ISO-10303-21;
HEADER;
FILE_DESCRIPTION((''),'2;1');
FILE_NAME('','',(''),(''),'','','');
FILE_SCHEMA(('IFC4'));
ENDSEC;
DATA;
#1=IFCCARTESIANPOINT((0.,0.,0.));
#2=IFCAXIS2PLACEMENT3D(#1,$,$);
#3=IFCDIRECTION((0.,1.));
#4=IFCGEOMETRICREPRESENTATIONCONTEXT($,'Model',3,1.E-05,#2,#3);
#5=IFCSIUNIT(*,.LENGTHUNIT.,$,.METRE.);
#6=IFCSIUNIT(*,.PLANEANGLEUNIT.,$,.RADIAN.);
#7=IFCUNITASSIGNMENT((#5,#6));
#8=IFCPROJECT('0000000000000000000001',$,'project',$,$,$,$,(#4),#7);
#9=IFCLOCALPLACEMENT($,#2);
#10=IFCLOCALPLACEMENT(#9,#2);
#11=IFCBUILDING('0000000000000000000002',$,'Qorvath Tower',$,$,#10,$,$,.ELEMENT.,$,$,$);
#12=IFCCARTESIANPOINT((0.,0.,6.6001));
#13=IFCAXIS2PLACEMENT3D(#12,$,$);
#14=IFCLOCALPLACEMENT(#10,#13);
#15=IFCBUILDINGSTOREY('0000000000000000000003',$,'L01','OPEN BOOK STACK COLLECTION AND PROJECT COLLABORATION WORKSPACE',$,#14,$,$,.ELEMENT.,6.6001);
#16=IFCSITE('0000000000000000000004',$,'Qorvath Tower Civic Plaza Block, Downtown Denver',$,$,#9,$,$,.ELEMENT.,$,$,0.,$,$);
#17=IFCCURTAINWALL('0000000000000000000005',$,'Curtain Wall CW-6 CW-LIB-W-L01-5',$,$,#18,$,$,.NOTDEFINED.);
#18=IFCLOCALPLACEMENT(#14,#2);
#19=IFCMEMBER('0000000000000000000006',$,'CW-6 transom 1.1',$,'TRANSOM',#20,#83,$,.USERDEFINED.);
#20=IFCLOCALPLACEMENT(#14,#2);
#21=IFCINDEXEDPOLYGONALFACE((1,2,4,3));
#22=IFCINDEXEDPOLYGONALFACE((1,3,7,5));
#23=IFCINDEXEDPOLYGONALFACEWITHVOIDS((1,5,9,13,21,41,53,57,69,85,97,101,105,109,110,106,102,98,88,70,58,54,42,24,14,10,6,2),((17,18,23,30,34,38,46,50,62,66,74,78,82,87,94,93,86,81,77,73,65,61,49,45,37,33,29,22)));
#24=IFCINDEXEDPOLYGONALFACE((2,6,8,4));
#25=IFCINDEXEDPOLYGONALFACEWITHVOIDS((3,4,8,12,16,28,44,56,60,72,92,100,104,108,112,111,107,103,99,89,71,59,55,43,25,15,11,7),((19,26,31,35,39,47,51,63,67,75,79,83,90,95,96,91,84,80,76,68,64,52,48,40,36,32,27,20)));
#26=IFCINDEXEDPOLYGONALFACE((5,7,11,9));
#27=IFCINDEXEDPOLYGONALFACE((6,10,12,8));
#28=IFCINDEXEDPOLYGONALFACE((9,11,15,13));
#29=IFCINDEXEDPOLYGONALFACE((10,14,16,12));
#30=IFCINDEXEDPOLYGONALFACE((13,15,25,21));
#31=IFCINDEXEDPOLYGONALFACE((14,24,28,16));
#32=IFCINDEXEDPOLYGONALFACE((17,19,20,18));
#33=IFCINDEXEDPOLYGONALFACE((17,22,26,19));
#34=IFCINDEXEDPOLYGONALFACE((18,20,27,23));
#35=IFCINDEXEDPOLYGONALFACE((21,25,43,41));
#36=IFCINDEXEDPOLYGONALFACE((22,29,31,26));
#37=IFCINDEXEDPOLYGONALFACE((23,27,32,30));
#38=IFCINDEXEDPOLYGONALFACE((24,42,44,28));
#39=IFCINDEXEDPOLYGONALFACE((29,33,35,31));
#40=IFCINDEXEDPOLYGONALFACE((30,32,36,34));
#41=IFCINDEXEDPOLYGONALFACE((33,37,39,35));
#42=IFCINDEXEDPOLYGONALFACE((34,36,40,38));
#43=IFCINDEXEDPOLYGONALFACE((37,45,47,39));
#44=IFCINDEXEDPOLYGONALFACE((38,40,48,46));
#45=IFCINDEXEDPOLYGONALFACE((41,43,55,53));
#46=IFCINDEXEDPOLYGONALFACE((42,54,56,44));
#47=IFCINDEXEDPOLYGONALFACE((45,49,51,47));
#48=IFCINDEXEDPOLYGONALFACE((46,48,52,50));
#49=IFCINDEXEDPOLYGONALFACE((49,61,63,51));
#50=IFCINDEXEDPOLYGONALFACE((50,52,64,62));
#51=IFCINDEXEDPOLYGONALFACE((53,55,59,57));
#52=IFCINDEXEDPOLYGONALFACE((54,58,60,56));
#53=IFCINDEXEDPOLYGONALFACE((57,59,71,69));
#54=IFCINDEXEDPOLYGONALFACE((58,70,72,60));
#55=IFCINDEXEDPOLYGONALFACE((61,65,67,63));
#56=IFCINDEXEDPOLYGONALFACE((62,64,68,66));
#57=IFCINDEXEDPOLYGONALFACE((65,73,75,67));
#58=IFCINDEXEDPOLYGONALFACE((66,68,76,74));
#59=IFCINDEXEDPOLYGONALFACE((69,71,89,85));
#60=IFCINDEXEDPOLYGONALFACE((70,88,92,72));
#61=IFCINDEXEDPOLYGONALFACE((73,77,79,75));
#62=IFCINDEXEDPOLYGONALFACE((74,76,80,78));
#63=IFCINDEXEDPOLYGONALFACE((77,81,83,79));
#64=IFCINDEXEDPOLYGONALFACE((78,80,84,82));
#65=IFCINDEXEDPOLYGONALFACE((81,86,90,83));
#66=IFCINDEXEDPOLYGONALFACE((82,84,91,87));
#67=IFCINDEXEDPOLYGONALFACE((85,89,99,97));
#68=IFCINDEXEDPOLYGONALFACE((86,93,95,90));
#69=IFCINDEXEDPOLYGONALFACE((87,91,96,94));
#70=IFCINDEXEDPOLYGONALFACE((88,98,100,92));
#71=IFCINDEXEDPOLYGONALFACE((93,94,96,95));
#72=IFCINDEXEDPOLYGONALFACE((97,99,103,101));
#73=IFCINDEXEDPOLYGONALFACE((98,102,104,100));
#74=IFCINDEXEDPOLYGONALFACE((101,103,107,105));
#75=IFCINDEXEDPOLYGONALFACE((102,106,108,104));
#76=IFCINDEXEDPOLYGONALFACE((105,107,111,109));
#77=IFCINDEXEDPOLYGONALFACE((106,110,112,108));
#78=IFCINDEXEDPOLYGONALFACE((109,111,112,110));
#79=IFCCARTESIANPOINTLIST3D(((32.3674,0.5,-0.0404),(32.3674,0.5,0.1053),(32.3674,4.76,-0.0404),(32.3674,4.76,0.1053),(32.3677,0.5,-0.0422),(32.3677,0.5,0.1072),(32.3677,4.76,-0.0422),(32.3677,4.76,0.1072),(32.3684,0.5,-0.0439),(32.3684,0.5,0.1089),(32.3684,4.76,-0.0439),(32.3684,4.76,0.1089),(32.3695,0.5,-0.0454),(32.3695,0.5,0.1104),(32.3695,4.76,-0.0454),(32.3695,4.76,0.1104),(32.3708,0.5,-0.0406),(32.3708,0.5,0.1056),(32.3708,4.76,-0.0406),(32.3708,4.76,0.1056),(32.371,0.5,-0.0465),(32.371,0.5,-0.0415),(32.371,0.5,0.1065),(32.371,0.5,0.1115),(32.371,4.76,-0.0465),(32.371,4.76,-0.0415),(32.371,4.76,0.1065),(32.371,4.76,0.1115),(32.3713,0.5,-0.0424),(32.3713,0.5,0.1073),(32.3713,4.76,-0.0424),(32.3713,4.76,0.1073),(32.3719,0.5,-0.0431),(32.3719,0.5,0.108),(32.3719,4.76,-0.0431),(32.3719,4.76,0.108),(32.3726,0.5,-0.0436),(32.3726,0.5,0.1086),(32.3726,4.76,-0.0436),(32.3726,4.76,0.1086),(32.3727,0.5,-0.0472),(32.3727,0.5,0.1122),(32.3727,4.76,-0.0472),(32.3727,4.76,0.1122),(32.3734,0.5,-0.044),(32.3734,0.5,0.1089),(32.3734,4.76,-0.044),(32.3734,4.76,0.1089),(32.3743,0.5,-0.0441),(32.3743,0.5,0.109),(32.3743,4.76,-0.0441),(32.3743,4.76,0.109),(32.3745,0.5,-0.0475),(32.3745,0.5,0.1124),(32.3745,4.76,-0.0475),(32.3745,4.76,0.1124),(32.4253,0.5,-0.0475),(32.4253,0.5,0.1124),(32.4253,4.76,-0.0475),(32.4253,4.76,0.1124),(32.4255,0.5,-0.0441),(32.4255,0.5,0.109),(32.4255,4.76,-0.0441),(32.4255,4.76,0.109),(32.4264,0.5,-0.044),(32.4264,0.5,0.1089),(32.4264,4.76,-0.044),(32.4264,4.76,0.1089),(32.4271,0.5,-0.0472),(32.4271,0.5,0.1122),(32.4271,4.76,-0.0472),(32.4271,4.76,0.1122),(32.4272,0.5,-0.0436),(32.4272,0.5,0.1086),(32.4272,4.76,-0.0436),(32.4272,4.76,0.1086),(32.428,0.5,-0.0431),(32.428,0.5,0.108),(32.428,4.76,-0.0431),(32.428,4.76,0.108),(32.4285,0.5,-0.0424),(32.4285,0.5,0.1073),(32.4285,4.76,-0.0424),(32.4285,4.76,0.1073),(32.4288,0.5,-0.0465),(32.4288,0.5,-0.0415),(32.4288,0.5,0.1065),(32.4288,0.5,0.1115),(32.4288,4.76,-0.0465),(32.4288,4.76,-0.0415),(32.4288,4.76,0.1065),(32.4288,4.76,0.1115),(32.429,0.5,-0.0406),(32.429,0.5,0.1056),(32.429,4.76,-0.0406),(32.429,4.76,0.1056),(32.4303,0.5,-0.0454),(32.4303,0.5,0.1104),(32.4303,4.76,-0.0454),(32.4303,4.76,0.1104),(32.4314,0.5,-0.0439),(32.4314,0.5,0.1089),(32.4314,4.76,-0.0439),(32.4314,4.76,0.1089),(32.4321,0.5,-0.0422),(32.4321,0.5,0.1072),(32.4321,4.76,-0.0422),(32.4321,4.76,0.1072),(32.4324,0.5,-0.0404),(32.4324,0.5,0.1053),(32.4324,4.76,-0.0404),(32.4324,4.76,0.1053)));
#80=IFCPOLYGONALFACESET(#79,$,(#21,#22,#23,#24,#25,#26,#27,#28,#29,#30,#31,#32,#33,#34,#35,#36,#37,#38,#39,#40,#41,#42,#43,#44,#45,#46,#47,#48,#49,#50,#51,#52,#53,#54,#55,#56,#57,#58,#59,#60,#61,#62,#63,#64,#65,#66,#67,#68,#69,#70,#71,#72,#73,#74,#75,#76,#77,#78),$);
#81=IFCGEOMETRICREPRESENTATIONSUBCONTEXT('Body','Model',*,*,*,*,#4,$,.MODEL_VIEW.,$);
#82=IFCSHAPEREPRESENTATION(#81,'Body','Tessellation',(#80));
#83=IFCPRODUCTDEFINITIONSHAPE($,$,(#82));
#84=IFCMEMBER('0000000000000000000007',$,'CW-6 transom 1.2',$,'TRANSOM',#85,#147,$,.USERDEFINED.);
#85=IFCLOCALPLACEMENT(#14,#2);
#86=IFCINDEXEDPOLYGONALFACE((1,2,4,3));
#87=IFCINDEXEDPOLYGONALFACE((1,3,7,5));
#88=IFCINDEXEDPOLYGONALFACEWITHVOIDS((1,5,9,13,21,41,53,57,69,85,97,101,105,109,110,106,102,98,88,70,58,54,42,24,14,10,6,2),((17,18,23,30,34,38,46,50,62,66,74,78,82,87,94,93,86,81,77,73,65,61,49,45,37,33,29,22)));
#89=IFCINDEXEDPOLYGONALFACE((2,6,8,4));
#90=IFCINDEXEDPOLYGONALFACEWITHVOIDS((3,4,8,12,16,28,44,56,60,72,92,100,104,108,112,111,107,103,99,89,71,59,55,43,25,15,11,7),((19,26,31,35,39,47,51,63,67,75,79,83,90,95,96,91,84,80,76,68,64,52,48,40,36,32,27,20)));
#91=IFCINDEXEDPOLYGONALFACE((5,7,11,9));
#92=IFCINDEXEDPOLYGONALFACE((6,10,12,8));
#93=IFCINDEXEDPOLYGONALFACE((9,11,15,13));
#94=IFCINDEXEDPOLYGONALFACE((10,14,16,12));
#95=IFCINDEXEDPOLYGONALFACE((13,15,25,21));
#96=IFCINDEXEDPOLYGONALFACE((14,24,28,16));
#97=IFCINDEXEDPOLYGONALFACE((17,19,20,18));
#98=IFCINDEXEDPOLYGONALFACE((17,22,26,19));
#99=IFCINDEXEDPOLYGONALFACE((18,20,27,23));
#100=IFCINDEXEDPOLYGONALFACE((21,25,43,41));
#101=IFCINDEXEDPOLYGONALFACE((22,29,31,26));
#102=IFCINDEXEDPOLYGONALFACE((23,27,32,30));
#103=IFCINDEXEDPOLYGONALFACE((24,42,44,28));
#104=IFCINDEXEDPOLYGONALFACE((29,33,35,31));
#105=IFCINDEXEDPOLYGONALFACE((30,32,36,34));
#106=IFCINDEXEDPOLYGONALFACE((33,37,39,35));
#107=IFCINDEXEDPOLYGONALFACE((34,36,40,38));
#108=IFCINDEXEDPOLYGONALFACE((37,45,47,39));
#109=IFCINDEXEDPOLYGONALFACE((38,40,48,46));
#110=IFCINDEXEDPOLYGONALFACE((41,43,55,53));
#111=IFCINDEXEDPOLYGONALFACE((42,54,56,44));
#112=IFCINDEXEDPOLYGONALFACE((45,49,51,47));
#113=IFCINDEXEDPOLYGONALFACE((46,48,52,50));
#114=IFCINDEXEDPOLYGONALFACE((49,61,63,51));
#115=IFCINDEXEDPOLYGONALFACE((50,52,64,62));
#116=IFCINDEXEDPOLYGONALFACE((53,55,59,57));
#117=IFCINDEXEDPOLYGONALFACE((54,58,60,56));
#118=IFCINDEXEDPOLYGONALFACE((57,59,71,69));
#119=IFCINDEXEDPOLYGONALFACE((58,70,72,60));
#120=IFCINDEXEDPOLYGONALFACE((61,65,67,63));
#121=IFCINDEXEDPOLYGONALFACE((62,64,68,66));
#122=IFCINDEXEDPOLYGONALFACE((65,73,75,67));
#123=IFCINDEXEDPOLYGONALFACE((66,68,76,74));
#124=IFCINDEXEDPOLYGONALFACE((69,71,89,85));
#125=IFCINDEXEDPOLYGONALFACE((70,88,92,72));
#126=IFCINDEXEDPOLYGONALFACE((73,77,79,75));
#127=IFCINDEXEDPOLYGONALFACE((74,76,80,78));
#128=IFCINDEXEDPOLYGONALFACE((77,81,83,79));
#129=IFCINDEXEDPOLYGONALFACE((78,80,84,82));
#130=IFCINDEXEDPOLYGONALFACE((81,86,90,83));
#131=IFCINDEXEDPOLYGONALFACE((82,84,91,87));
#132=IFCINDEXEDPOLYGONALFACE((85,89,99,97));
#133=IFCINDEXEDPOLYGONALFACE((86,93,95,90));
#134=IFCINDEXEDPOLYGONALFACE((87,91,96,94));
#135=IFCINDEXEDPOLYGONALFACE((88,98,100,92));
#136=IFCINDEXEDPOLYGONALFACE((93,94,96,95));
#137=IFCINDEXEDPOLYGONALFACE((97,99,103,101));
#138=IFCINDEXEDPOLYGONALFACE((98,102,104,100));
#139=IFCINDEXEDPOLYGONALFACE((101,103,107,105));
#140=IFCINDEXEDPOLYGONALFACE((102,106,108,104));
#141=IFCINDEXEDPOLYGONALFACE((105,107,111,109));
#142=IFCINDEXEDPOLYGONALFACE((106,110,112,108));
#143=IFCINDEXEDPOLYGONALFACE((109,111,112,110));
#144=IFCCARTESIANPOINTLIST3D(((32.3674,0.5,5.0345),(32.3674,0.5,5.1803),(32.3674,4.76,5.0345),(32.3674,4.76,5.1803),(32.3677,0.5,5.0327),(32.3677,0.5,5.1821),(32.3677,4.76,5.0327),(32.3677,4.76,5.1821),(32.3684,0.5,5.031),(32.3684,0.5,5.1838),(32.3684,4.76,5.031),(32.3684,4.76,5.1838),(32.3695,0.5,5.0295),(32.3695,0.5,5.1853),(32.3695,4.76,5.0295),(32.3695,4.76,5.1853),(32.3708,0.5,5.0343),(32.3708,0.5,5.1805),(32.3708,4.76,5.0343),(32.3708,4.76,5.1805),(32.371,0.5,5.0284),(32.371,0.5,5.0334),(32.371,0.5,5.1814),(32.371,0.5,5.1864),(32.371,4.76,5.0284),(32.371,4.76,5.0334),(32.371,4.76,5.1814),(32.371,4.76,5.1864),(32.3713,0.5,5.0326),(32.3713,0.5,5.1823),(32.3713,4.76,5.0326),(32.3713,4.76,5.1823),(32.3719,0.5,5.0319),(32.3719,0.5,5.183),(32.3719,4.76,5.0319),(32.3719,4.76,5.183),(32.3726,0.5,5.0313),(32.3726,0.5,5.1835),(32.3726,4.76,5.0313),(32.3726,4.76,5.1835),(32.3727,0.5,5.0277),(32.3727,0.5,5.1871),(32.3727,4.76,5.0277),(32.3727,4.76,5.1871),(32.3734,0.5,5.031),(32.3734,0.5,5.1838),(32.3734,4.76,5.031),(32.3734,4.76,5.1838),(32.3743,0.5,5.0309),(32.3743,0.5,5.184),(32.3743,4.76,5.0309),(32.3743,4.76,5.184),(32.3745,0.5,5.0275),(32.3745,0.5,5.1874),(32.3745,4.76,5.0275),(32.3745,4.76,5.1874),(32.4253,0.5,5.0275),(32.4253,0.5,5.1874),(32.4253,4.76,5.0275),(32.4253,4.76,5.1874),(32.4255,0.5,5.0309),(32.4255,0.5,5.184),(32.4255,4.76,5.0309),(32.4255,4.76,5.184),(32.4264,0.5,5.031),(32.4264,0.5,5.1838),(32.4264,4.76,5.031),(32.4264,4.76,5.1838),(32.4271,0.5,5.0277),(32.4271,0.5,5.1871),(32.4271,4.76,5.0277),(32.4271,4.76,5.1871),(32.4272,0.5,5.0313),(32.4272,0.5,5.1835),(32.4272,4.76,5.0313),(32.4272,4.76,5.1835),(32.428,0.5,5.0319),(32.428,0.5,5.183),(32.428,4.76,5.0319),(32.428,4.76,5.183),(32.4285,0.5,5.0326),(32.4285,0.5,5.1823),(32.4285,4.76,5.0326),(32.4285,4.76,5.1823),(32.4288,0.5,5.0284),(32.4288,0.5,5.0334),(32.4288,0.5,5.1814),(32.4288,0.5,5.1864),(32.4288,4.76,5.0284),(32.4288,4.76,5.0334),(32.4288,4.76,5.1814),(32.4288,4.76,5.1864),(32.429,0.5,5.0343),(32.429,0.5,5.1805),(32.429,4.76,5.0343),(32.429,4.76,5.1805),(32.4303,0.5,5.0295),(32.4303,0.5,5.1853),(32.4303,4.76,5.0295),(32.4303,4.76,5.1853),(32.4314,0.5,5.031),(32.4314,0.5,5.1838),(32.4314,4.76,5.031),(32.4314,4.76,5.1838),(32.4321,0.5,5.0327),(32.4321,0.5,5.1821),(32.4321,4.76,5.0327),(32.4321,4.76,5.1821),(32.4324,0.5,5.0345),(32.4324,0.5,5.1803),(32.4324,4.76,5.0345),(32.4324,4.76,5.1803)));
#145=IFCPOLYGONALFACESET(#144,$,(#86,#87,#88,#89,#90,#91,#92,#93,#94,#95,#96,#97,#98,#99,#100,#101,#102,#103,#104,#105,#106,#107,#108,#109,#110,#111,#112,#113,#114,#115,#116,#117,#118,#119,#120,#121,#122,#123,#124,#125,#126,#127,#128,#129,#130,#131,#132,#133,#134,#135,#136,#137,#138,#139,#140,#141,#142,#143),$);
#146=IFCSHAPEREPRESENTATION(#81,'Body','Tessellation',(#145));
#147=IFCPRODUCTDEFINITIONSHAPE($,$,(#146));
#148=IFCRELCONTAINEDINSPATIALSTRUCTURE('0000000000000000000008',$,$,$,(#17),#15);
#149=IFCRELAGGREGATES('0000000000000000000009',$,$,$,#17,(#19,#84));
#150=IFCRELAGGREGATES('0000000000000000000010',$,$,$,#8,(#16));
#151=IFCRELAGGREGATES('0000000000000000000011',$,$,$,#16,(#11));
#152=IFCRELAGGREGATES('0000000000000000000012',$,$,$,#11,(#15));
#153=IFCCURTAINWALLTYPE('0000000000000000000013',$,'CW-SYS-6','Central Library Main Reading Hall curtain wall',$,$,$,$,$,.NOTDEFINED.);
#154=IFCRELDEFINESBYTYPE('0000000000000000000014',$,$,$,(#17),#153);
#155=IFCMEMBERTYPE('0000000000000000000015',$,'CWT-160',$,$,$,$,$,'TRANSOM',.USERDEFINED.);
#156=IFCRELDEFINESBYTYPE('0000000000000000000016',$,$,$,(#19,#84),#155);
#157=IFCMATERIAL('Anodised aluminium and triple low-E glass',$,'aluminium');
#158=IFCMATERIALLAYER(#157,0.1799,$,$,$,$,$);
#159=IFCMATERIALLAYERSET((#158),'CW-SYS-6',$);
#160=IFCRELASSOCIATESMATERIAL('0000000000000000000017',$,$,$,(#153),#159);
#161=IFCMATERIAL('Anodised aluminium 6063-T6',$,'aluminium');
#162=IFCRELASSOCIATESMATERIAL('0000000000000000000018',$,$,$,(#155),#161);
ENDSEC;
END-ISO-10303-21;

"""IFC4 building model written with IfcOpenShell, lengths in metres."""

from ifc_helpers import new_model, si_unit, direction, frame, origin, origin_2d, place, context, subcontext, project, spatial, hollow_rectangle, extrude, material, layer, layer_set, material_profile, profile_set, type_object, element, aggregate, save


model = new_model("IFC4")

# Units and contexts
model_context = context("Model", 3, precision=1e-05, world=origin(), true_north=direction((0.0, 1.0)))
body_context = subcontext(model_context, "Body", "Model", "MODEL_VIEW")
ifc_project = project(units=[si_unit("LENGTHUNIT", "METRE"), si_unit("PLANEANGLEUNIT", "RADIAN")], contexts=[model_context])

# Site, building, storey
site_placement = place(None, origin())
site = spatial("IfcSite", under=ifc_project, at=site_placement, Name="Qorvath Tower Civic Plaza Block, Downtown Denver", CompositionType="ELEMENT", RefElevation=0.0)
building_placement = place(site_placement, origin())
building = spatial("IfcBuilding", under=site, at=building_placement, Name="Qorvath Tower", CompositionType="ELEMENT")
storey_placement = place(building_placement, frame((0.0, 0.0, 6.6001)))
storey = spatial("IfcBuildingStorey", under=building, at=storey_placement, Name="L01", Description="OPEN BOOK STACK COLLECTION AND PROJECT COLLABORATION WORKSPACE", CompositionType="ELEMENT", Elevation=6.6001)

# Curtain wall
ifc_material_1 = material(Name="Anodised aluminium and triple low-E glass", Category="aluminium")
ifc_layer_1 = layer(ifc_material_1, 0.1799)
ifc_layer_set_1 = layer_set([ifc_layer_1], Name="CW-SYS-6")
curtain_wall_type = type_object("IfcCurtainWallType", Name="CW-SYS-6", Description="Central Library Main Reading Hall curtain wall", PredefinedType="NOTDEFINED", material=ifc_layer_set_1)
curtain_wall_1_placement = place(storey_placement, origin())
curtain_wall_1 = element("IfcCurtainWall", 1, at=curtain_wall_1_placement, inside=storey, type_object=curtain_wall_type, Name="Curtain Wall CW-6 CW-LIB-W-L01-5", PredefinedType="NOTDEFINED")

# Members
ifc_material_2 = material(Name="Anodised aluminium 6063-T6", Category="aluminium")
ifc_material_profile_1 = material_profile(ifc_material_2, hollow_rectangle(XDim=0.0649, YDim=0.1599, WallThickness=0.0034, InnerFilletRadius=0.0034, OuterFilletRadius=0.0071, at=origin_2d()), Name="CWT 160x65")
ifc_profile_set_1 = profile_set([ifc_material_profile_1], Name="Anodised aluminium 6063-T6")
member_type_1 = type_object("IfcMemberType", Name="CWT-160", ElementType="TRANSOM", PredefinedType="USERDEFINED", material=ifc_profile_set_1)
member_1_placement = place(storey_placement, frame((32.3999, 0.5, 0.0325), z_axis=(0.0, 1.0, 0.0), x_axis=(-1.0, 0.0, 0.0)))
member_1 = element("IfcMember", 2, at=member_1_placement, type_object=member_type_1, Name="CW-6 transom 1.1", ObjectType="TRANSOM", PredefinedType="USERDEFINED", context=body_context, shape_type="SweptSolid", body=[
    extrude(hollow_rectangle(XDim=0.0649, YDim=0.1599, WallThickness=0.0034, InnerFilletRadius=0.0034, OuterFilletRadius=0.0071, at=origin_2d()), origin(), (0.0, 0.0, 1.0), 4.26),
])
member_2_placement = place(storey_placement, frame((32.3999, 0.5, 5.1074), z_axis=(0.0, 1.0, 0.0), x_axis=(-1.0, 0.0, 0.0)))
member_2 = element("IfcMember", 3, at=member_2_placement, type_object=member_type_1, Name="CW-6 transom 1.2", ObjectType="TRANSOM", PredefinedType="USERDEFINED", context=body_context, shape_type="SweptSolid", body=[
    extrude(hollow_rectangle(XDim=0.0649, YDim=0.1599, WallThickness=0.0034, InnerFilletRadius=0.0034, OuterFilletRadius=0.0071, at=origin_2d()), origin(), (0.0, 0.0, 1.0), 4.26),
])

aggregate(curtain_wall_1, [member_1, member_2])

save(model, "model.ifc")
